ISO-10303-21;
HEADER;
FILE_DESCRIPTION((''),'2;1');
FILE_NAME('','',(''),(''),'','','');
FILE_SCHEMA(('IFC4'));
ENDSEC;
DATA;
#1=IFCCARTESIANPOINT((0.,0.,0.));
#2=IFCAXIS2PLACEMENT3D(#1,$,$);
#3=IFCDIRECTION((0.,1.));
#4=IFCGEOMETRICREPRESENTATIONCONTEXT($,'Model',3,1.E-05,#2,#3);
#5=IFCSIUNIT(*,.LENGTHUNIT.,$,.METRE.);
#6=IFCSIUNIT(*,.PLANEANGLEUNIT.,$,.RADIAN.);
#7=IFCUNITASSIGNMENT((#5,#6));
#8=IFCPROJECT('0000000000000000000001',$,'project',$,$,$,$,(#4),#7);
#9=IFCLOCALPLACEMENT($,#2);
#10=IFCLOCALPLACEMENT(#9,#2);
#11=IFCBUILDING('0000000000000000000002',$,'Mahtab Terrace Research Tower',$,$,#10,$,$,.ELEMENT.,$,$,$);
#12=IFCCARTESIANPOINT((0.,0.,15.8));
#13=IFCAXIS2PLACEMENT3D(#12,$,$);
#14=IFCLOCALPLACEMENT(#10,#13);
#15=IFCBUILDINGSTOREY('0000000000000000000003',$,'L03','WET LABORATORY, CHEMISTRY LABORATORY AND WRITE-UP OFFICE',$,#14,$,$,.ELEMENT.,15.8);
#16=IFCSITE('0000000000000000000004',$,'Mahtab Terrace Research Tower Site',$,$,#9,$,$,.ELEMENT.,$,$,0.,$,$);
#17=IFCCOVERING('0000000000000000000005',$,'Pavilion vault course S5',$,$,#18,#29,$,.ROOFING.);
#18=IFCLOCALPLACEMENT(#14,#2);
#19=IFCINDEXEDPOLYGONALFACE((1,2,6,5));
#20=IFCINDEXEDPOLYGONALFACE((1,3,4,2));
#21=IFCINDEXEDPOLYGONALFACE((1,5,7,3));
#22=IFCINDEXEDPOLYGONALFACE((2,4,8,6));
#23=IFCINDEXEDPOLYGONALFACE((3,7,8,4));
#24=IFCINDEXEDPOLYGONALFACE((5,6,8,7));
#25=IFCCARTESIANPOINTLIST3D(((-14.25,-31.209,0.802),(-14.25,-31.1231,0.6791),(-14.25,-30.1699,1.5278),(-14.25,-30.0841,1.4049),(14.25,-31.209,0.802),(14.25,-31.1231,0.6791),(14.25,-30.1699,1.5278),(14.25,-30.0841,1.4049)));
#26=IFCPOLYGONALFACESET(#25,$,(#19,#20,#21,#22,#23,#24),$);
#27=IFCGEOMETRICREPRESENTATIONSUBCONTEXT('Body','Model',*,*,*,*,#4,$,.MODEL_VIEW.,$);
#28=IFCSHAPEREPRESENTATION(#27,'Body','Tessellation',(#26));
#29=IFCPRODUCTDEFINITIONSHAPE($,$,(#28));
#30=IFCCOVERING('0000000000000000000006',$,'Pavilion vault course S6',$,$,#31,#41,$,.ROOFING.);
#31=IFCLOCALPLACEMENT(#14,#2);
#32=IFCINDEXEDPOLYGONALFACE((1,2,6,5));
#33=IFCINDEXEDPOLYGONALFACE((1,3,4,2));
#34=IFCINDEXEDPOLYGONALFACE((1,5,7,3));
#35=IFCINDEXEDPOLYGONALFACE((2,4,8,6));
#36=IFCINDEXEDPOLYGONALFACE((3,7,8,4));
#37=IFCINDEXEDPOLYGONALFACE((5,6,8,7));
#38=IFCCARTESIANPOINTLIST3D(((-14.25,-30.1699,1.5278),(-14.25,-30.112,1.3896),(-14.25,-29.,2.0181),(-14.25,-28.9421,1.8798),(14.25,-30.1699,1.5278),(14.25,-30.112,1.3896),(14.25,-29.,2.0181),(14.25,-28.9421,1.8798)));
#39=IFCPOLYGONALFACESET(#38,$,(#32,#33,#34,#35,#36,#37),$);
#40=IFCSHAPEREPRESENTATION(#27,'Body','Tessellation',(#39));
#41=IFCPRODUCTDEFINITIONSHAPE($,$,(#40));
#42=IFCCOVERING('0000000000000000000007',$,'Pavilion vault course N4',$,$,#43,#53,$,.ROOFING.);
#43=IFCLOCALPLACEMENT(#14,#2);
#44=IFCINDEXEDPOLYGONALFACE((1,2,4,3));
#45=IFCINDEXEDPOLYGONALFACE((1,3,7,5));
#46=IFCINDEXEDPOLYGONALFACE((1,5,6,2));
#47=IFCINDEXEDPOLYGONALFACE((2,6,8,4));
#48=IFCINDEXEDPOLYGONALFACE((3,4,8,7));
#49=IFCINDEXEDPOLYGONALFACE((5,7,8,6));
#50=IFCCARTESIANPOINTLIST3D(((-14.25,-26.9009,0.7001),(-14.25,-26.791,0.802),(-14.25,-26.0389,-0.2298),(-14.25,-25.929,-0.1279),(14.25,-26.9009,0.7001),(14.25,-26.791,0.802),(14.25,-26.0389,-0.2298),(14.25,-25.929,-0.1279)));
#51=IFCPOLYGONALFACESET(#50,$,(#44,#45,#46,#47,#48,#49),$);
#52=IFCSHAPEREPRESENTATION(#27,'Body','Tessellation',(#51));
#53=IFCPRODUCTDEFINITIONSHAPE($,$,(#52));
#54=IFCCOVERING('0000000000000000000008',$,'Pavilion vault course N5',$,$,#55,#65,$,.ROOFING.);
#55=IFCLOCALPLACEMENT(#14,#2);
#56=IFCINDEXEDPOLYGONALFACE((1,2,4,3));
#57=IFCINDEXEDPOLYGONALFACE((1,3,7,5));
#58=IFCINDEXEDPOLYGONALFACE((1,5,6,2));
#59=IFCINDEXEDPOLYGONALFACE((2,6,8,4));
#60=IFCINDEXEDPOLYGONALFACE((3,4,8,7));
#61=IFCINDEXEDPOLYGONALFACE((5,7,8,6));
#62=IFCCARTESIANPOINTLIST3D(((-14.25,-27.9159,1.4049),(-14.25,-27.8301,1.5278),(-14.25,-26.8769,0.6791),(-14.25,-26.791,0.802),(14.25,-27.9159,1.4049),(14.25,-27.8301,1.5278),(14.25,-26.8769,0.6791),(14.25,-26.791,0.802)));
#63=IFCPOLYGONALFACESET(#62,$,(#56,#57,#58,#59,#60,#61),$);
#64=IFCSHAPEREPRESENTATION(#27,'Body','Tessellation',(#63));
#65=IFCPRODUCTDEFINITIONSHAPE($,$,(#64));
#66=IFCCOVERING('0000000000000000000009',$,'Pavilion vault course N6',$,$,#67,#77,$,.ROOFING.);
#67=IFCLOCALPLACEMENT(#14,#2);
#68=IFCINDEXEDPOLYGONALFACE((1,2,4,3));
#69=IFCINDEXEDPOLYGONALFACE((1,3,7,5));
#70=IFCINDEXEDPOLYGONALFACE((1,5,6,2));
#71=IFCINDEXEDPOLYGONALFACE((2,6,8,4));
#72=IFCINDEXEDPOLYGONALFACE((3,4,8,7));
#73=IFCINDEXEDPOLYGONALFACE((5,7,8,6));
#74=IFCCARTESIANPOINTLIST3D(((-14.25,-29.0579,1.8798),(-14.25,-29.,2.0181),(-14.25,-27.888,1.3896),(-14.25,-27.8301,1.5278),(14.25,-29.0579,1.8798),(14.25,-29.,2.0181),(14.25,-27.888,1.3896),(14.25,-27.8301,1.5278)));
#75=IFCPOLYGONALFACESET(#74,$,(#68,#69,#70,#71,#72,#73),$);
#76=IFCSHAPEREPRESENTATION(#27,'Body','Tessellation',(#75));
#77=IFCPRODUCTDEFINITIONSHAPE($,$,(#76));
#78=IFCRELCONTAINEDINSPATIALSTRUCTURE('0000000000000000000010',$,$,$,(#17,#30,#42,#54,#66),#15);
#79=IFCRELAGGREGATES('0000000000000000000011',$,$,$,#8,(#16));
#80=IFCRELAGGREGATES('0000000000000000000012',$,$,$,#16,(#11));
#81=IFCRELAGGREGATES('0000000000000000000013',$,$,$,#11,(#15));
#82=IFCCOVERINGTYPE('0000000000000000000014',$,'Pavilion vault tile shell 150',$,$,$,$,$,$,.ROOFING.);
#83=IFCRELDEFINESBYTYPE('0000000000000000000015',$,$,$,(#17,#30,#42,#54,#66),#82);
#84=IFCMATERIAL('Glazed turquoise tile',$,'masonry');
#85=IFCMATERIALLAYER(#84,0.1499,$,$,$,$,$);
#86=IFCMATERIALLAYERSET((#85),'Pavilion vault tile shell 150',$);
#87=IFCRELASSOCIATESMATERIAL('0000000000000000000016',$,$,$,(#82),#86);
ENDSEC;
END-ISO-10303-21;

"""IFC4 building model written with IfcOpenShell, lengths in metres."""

from ifc_helpers import new_model, si_unit, direction, frame, origin, place, context, subcontext, project, spatial, polyline, outline, extrude, material, layer, layer_set, type_object, element, save


model = new_model("IFC4")

# Units and contexts
model_context = context("Model", 3, precision=1e-05, world=origin(), true_north=direction((0.0, 1.0)))
body_context = subcontext(model_context, "Body", "Model", "MODEL_VIEW")
ifc_project = project(units=[si_unit("LENGTHUNIT", "METRE"), si_unit("PLANEANGLEUNIT", "RADIAN")], contexts=[model_context])

# Site, building, storey
site_placement = place(None, origin())
site = spatial("IfcSite", under=ifc_project, at=site_placement, Name="Mahtab Terrace Research Tower Site", CompositionType="ELEMENT", RefElevation=0.0)
building_placement = place(site_placement, origin())
building = spatial("IfcBuilding", under=site, at=building_placement, Name="Mahtab Terrace Research Tower", CompositionType="ELEMENT")
storey_placement = place(building_placement, frame((0.0, 0.0, 15.8)))
storey = spatial("IfcBuildingStorey", under=building, at=storey_placement, Name="L03", Description="WET LABORATORY, CHEMISTRY LABORATORY AND WRITE-UP OFFICE", CompositionType="ELEMENT", Elevation=15.8)

# Coverings
ifc_material_1 = material(Name="Glazed turquoise tile", Category="masonry")
ifc_layer_1 = layer(ifc_material_1, 0.1499)
ifc_layer_set_1 = layer_set([ifc_layer_1], Name="Pavilion vault tile shell 150")
covering_type = type_object("IfcCoveringType", Name="Pavilion vault tile shell 150", PredefinedType="ROOFING", material=ifc_layer_set_1)
covering_1_placement = place(storey_placement, frame((-14.25, -31.209, 0.802), z_axis=(0.0, -0.572661, 0.819793), x_axis=(1.0, 0.0, 0.0)))
element("IfcCovering", 1, at=covering_1_placement, inside=storey, type_object=covering_type, Name="Pavilion vault course S5", PredefinedType="ROOFING", context=body_context, shape_type="SweptSolid", body=[
    extrude(outline(polyline([(0.0, 0.0), (28.5, 0.0), (28.5, 1.2675), (0.0, 1.2675), (0.0, 0.0)])), origin(), (0.0, 0.0, -1.0), 0.1499),
])
covering_2_placement = place(storey_placement, frame((-14.25, -30.1699, 1.5278), z_axis=(0.0, -0.386473, 0.922301), x_axis=(1.0, 0.0, 0.0)))
element("IfcCovering", 2, at=covering_2_placement, inside=storey, type_object=covering_type, Name="Pavilion vault course S6", PredefinedType="ROOFING", context=body_context, shape_type="SweptSolid", body=[
    extrude(outline(polyline([(0.0, 0.0), (28.5, 0.0), (28.5, 1.2685), (0.0, 1.2685), (0.0, 0.0)])), origin(), (0.0, 0.0, -1.0), 0.1499),
])
covering_3_placement = place(storey_placement, frame((-14.25, -26.791, 0.802), z_axis=(0.0, 0.733362, 0.679838), x_axis=(1.0, 0.0, 0.0)))
element("IfcCovering", 3, at=covering_3_placement, inside=storey, type_object=covering_type, Name="Pavilion vault course N4", PredefinedType="ROOFING", context=body_context, shape_type="SweptSolid", body=[
    extrude(outline(polyline([(0.0, 0.0), (28.5, 0.0), (28.5, 1.268), (0.0, 1.268), (0.0, 0.0)])), origin(), (0.0, 0.0, -1.0), 0.1499),
])
covering_4_placement = place(storey_placement, frame((-14.25, -27.8301, 1.5278), z_axis=(0.0, 0.572661, 0.819793), x_axis=(1.0, 0.0, 0.0)))
element("IfcCovering", 4, at=covering_4_placement, inside=storey, type_object=covering_type, Name="Pavilion vault course N5", PredefinedType="ROOFING", context=body_context, shape_type="SweptSolid", body=[
    extrude(outline(polyline([(0.0, 0.0), (28.5, 0.0), (28.5, 1.2675), (0.0, 1.2675), (0.0, 0.0)])), origin(), (0.0, 0.0, -1.0), 0.1499),
])
covering_5_placement = place(storey_placement, frame((-14.25, -29.0, 2.0181), z_axis=(0.0, 0.386473, 0.922301), x_axis=(1.0, 0.0, 0.0)))
element("IfcCovering", 5, at=covering_5_placement, inside=storey, type_object=covering_type, Name="Pavilion vault course N6", PredefinedType="ROOFING", context=body_context, shape_type="SweptSolid", body=[
    extrude(outline(polyline([(0.0, 0.0), (28.5, 0.0), (28.5, 1.2685), (0.0, 1.2685), (0.0, 0.0)])), origin(), (0.0, 0.0, -1.0), 0.1499),
])

save(model, "model.ifc")
